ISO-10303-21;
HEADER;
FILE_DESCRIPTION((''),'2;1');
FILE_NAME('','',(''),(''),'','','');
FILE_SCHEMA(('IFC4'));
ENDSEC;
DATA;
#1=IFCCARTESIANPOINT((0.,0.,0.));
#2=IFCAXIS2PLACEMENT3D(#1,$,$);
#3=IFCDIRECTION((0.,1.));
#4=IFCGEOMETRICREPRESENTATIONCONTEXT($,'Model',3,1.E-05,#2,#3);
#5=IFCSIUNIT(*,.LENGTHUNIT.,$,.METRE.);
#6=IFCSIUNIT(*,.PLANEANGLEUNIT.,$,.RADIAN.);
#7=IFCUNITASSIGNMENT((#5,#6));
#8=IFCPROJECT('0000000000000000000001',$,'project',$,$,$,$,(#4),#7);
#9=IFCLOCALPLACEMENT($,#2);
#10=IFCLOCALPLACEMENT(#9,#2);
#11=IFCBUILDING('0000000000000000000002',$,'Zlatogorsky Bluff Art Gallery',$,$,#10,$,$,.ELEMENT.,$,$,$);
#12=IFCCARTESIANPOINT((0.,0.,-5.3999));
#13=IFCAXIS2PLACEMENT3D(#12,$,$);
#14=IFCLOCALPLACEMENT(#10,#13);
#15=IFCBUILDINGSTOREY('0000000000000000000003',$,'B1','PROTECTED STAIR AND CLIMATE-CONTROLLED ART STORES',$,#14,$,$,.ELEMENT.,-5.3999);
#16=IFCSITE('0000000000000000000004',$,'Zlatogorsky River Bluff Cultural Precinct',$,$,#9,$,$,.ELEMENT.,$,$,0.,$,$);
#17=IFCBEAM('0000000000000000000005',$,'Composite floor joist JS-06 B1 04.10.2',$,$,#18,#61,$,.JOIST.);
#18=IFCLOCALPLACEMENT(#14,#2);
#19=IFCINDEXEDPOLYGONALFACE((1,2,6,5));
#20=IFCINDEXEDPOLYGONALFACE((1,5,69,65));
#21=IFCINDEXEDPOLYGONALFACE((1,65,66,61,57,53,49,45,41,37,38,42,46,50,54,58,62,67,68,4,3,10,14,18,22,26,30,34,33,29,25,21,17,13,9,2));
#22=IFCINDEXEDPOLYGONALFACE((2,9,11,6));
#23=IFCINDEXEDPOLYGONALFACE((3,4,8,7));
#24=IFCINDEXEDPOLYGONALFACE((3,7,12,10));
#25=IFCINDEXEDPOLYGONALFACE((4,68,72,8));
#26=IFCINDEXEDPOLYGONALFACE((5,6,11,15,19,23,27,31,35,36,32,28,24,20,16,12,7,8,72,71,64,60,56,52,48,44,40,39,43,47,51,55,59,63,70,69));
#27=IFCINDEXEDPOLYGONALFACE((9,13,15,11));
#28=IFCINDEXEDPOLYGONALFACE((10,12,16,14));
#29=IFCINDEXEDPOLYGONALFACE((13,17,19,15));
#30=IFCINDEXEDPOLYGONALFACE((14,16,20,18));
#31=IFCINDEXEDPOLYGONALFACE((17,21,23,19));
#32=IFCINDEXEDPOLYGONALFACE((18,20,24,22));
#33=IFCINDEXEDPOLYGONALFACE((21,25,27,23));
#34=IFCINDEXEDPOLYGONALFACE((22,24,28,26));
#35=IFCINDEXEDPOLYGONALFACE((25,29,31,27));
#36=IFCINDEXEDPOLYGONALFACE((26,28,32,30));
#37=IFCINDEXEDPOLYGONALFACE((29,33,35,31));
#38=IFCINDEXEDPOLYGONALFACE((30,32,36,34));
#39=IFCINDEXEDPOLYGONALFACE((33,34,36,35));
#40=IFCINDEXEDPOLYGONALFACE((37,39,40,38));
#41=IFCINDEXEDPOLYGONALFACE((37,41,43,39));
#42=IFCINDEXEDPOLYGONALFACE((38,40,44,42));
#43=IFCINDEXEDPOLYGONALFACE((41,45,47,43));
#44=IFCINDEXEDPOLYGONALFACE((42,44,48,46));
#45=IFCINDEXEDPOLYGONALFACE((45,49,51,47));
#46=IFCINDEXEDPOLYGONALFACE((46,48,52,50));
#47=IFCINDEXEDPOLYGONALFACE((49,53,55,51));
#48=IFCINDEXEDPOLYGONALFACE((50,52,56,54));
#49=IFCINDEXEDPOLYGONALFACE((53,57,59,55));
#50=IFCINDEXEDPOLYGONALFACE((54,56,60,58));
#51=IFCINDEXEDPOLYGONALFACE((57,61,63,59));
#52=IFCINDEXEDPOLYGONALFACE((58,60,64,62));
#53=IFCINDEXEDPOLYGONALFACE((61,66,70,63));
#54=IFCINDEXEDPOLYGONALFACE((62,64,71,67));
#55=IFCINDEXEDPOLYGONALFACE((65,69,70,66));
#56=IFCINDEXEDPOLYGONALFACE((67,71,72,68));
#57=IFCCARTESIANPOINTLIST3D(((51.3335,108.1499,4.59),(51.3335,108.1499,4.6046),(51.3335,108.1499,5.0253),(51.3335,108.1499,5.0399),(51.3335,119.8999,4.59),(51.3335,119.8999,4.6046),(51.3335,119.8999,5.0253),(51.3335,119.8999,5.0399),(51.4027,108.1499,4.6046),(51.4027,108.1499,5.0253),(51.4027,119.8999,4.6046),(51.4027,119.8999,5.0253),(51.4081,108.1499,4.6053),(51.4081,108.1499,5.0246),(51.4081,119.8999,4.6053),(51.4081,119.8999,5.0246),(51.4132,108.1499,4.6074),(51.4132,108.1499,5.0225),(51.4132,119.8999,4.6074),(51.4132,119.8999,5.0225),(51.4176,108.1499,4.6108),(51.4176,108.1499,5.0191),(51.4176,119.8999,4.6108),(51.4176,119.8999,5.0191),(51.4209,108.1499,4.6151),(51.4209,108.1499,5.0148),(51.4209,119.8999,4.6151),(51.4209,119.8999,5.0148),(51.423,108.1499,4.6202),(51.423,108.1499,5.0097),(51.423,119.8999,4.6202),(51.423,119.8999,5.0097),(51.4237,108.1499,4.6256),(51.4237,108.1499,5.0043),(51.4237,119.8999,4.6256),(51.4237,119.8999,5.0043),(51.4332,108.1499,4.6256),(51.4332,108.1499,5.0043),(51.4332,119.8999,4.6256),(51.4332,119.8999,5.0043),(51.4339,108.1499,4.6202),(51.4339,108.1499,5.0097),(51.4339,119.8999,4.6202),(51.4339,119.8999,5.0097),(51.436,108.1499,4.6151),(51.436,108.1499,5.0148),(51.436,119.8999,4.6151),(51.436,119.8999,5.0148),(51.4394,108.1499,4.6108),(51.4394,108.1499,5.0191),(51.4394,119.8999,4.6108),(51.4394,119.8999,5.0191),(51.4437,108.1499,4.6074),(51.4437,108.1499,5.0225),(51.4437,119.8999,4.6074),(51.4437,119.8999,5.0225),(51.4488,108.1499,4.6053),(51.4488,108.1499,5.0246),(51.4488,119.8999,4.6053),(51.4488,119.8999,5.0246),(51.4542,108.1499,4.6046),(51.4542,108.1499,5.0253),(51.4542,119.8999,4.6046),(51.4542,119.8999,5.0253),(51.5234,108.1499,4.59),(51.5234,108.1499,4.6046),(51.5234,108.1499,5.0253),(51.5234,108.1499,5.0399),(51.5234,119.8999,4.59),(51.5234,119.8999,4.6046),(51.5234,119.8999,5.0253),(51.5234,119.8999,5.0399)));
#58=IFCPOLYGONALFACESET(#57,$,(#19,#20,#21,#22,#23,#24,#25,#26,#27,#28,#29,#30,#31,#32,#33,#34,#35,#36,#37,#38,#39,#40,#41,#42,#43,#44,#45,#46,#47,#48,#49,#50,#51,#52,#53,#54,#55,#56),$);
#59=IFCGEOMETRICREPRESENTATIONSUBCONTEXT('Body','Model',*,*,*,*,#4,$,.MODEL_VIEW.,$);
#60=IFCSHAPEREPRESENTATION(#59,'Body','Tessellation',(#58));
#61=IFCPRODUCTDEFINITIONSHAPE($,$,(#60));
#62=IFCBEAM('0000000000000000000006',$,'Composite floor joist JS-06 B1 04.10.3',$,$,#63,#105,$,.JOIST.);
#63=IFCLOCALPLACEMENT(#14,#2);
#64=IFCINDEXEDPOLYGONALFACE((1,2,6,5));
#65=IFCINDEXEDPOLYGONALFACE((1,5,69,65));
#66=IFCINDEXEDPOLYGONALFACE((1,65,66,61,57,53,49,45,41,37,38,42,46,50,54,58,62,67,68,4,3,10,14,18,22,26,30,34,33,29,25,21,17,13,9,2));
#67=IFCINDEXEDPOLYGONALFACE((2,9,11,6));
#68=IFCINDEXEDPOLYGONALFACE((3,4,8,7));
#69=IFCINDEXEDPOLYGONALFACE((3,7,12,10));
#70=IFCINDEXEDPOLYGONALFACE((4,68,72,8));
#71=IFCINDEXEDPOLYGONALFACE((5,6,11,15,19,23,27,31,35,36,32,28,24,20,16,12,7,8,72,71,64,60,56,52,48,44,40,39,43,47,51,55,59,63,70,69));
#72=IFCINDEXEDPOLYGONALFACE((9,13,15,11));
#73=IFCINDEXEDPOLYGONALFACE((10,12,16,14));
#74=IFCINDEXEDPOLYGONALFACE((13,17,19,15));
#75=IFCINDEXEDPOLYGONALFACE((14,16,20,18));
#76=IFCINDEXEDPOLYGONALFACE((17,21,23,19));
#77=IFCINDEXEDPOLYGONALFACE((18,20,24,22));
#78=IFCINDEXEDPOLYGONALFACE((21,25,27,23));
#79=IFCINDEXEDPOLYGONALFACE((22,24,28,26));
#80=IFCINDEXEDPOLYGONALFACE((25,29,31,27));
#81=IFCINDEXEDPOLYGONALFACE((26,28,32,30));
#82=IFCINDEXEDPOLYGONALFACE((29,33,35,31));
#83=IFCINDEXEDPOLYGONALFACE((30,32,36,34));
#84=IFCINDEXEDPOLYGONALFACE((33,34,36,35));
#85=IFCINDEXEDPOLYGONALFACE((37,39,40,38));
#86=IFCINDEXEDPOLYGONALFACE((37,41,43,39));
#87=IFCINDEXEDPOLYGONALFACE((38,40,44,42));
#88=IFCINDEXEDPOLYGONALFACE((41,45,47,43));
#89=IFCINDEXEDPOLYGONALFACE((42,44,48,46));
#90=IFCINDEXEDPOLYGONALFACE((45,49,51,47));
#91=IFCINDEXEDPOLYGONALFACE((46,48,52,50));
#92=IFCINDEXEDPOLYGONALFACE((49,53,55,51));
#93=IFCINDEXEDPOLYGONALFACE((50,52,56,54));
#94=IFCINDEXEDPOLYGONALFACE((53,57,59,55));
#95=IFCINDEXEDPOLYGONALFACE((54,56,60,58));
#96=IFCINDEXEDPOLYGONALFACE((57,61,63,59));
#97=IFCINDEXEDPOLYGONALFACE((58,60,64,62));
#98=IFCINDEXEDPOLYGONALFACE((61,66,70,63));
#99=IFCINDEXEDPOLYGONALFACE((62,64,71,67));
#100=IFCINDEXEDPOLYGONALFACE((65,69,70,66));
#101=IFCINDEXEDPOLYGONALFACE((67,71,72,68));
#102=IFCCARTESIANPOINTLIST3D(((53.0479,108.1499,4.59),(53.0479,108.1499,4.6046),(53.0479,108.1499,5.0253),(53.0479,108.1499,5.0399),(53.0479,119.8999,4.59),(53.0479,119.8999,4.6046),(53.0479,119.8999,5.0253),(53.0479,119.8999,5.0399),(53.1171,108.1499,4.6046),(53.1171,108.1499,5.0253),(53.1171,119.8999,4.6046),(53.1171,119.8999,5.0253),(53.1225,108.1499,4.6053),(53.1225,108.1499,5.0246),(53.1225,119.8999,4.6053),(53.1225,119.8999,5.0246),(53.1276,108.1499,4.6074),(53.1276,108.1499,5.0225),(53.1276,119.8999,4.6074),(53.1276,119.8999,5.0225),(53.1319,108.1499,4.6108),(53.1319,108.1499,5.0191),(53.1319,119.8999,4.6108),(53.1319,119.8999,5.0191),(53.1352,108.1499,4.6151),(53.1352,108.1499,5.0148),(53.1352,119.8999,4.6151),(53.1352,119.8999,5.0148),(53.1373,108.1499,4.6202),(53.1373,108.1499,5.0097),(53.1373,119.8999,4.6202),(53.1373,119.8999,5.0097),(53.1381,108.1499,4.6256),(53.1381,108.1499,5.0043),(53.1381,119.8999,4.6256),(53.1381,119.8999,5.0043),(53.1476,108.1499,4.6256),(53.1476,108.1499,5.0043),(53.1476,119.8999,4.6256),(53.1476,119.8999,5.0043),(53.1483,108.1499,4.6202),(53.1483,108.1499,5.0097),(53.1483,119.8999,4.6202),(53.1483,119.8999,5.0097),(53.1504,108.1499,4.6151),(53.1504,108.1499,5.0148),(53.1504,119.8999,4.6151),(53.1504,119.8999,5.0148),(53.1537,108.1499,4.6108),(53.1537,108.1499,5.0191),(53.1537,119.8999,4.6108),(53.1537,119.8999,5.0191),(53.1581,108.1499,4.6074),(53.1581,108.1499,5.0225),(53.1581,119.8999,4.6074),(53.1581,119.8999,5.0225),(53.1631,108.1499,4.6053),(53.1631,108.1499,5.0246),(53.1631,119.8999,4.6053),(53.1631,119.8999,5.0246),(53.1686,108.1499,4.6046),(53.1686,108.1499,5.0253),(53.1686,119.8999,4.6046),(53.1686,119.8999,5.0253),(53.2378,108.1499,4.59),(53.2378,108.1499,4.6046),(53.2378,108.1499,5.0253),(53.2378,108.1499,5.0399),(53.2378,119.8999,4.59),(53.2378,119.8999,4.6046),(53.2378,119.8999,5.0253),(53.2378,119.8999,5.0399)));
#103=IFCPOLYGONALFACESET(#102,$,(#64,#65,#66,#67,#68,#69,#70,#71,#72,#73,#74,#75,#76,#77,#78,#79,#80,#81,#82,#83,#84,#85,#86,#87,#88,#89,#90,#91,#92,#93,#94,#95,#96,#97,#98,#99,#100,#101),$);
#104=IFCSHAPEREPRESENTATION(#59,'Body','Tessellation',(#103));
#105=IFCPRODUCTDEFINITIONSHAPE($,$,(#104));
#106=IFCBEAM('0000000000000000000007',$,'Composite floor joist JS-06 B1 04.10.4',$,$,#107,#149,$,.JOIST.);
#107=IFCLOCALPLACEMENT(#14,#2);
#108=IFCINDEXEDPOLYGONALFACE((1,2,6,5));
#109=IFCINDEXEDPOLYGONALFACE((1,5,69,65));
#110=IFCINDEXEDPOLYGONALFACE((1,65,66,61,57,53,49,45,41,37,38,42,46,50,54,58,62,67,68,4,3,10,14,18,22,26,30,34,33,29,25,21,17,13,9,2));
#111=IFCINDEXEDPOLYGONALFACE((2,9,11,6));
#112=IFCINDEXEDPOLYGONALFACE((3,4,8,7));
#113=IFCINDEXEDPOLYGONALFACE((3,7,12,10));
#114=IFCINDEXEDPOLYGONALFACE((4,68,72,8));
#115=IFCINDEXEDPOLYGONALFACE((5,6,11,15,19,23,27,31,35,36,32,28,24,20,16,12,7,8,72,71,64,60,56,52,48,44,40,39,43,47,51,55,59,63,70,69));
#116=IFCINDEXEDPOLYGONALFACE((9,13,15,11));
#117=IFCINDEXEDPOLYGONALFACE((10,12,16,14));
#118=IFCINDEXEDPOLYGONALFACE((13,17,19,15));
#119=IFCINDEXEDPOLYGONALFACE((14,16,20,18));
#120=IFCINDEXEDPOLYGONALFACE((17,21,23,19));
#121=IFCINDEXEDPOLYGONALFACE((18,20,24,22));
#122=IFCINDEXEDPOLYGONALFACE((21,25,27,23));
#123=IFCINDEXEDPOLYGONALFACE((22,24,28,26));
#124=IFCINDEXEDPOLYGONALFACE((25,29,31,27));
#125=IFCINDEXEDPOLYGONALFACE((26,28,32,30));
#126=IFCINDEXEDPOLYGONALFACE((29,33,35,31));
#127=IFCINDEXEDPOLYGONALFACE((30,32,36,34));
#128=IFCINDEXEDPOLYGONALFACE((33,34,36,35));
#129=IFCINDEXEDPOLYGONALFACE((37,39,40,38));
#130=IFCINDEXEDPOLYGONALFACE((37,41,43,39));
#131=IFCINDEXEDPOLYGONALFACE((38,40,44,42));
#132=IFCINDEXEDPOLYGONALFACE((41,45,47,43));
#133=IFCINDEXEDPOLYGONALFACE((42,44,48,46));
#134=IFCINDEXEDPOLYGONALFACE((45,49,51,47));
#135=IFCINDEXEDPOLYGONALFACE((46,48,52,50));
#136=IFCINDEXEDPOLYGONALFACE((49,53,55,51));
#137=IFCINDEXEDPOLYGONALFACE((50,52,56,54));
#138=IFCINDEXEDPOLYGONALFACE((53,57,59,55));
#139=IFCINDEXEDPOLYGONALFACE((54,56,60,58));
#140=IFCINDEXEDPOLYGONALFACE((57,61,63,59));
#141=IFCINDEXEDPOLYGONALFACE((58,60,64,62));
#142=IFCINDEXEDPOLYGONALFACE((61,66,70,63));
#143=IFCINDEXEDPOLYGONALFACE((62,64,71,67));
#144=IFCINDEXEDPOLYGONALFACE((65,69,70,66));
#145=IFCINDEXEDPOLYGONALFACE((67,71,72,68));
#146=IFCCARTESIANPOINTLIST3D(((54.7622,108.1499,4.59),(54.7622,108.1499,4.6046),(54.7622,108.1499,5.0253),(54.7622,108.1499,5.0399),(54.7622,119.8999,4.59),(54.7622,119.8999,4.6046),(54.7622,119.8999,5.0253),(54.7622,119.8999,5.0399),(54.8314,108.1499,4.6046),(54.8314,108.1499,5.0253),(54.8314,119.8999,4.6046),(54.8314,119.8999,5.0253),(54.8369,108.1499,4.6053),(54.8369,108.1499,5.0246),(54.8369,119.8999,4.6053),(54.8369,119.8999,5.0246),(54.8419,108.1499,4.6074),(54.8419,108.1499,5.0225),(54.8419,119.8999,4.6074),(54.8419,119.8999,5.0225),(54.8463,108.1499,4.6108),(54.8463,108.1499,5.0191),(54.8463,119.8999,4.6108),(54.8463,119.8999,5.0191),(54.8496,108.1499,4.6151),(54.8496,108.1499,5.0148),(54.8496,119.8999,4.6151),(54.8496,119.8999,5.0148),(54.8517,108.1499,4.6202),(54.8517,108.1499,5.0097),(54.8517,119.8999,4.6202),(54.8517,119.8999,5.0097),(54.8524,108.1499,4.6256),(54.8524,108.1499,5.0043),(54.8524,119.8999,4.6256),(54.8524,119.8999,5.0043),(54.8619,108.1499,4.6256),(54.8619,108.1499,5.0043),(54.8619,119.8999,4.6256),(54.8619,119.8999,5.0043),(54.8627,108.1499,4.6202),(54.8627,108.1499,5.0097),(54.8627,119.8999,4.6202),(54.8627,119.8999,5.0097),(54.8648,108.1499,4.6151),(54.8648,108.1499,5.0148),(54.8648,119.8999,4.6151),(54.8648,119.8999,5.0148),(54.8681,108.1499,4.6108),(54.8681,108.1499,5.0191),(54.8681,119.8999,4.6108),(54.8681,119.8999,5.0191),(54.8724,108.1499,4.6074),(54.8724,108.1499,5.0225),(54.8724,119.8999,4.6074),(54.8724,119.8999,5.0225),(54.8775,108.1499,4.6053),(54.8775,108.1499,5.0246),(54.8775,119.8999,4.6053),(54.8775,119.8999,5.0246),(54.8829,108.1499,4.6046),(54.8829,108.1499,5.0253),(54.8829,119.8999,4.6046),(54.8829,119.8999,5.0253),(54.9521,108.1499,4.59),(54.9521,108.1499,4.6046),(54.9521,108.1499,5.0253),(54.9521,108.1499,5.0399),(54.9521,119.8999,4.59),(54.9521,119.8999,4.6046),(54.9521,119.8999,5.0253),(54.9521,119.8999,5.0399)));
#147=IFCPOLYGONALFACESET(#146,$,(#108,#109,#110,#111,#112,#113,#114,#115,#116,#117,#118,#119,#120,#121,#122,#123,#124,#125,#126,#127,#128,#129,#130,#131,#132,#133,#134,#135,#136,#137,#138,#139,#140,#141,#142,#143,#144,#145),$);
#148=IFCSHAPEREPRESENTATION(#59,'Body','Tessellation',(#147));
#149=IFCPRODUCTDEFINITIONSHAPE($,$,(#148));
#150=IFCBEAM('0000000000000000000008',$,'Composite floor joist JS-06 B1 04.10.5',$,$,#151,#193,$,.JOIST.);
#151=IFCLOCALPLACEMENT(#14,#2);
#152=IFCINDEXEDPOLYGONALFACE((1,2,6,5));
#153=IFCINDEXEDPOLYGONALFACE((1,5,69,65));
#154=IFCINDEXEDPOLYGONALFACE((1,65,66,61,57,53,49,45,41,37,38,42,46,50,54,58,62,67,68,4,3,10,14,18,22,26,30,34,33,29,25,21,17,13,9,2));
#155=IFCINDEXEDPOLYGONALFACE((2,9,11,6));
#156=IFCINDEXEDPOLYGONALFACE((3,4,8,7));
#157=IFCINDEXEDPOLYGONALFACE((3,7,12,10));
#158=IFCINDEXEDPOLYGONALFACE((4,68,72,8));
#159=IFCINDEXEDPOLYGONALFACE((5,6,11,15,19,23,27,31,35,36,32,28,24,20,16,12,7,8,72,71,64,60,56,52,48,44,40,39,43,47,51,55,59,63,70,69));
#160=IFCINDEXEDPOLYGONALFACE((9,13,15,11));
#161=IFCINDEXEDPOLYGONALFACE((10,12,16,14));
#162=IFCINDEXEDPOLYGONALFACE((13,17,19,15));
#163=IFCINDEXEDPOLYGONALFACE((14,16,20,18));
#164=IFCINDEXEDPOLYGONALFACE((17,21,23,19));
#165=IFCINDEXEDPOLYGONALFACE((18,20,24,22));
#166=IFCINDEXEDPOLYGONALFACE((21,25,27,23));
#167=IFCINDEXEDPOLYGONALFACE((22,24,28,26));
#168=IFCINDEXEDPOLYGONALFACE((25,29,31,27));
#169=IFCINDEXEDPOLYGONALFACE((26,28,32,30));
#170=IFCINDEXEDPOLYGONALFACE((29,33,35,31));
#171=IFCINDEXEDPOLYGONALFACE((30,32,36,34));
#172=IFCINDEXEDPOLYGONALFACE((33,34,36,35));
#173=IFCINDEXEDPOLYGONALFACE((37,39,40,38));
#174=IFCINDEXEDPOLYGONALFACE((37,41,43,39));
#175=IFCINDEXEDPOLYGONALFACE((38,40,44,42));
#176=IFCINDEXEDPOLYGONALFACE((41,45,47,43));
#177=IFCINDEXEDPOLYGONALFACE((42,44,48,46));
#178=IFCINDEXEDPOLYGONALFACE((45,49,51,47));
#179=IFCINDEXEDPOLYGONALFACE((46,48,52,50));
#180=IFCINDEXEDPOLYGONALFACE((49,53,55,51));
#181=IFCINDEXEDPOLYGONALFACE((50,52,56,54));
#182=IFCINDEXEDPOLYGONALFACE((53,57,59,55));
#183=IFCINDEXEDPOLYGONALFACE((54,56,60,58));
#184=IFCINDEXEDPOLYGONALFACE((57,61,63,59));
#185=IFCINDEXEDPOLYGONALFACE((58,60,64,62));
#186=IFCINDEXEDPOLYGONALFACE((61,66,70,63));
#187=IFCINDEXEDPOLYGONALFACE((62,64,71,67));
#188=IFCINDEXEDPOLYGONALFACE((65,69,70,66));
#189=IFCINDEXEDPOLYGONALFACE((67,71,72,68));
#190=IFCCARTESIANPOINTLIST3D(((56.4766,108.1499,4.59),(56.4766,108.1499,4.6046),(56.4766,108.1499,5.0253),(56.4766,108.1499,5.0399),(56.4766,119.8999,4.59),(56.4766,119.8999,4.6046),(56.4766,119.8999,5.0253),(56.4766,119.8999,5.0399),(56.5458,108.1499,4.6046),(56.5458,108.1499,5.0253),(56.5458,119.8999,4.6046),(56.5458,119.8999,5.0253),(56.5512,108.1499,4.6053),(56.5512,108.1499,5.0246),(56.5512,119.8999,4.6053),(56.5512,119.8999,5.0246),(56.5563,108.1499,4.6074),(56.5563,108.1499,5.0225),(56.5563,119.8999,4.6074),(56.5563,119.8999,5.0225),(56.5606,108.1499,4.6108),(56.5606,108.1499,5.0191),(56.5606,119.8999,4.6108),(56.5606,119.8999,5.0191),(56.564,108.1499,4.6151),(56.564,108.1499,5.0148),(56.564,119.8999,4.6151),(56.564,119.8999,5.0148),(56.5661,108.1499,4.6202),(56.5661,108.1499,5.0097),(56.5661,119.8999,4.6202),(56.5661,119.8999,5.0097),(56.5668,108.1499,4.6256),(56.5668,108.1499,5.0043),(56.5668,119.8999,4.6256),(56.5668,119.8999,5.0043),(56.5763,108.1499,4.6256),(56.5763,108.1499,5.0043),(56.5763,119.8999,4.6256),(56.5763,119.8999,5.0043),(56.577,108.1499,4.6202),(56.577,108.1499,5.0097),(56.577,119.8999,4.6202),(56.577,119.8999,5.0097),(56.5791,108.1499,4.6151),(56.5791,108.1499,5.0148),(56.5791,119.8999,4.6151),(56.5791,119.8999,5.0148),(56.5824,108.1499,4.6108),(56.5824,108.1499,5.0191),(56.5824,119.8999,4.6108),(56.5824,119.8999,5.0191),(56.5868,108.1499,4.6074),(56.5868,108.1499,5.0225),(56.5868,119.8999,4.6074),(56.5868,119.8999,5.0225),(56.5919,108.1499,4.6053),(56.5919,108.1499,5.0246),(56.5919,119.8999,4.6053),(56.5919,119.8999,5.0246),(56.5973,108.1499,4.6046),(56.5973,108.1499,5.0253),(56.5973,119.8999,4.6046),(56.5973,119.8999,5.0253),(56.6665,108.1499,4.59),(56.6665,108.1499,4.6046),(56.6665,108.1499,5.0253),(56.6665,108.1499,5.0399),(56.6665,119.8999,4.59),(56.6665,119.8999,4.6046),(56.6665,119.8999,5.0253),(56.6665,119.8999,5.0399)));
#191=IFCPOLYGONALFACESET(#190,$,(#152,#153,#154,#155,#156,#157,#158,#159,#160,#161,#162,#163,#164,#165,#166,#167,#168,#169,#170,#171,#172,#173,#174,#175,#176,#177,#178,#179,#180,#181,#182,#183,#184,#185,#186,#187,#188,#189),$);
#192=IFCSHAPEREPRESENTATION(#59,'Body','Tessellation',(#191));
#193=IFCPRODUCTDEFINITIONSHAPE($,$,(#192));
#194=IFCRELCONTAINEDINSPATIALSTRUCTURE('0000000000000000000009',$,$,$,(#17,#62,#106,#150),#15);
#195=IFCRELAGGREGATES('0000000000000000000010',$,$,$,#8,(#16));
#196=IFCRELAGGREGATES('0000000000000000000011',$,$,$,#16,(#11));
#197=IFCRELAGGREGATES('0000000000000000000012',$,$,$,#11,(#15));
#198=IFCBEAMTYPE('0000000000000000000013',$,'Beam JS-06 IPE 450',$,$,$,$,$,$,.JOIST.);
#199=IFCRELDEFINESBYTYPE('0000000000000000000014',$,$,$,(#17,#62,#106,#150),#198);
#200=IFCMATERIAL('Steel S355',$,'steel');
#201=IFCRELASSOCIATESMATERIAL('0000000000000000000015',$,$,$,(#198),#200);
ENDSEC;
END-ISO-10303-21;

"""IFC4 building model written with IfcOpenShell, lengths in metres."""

from ifc_helpers import new_model, si_unit, direction, frame, origin, origin_2d, place, context, subcontext, project, spatial, i_section, extrude, material, material_profile, profile_set, type_object, element, save


model = new_model("IFC4")

# Units and contexts
model_context = context("Model", 3, precision=1e-05, world=origin(), true_north=direction((0.0, 1.0)))
body_context = subcontext(model_context, "Body", "Model", "MODEL_VIEW")
ifc_project = project(units=[si_unit("LENGTHUNIT", "METRE"), si_unit("PLANEANGLEUNIT", "RADIAN")], contexts=[model_context])

# Site, building, storey
site_placement = place(None, origin())
site = spatial("IfcSite", under=ifc_project, at=site_placement, Name="Zlatogorsky River Bluff Cultural Precinct", CompositionType="ELEMENT", RefElevation=0.0)
building_placement = place(site_placement, origin())
building = spatial("IfcBuilding", under=site, at=building_placement, Name="Zlatogorsky Bluff Art Gallery", CompositionType="ELEMENT")
storey_placement = place(building_placement, frame((0.0, 0.0, -5.3999)))
storey = spatial("IfcBuildingStorey", under=building, at=storey_placement, Name="B1", Description="PROTECTED STAIR AND CLIMATE-CONTROLLED ART STORES", CompositionType="ELEMENT", Elevation=-5.3999)

# Shared definitions
ifc_material_1 = material(Name="Steel S355", Category="steel")

# Beams
ifc_material_profile_1 = material_profile(ifc_material_1, i_section(OverallWidth=0.1899, OverallDepth=0.45, WebThickness=0.0095, FlangeThickness=0.0146, FilletRadius=0.021, at=origin_2d()), Name="IPE 450")
ifc_profile_set_1 = profile_set([ifc_material_profile_1], Name="Steel S355")
beam_type_1 = type_object("IfcBeamType", Name="Beam JS-06 IPE 450", PredefinedType="JOIST", material=ifc_profile_set_1)
for number, where, z_axis, x_axis, name in (
    (1, (51.4285, 108.1499, 4.8149), (0.0, 1.0, 0.0), (-1.0, 0.0, 0.0), "Composite floor joist JS-06 B1 04.10.2"),
    (2, (53.1428, 108.1499, 4.8149), (0.0, 1.0, 0.0), (-1.0, 0.0, 0.0), "Composite floor joist JS-06 B1 04.10.3"),
    (3, (54.8572, 108.1499, 4.8149), (0.0, 1.0, 0.0), (-1.0, 0.0, 0.0), "Composite floor joist JS-06 B1 04.10.4"),
    (4, (56.5715, 108.1499, 4.8149), (0.0, 1.0, 0.0), (-1.0, 0.0, 0.0), "Composite floor joist JS-06 B1 04.10.5"),
):
    element("IfcBeam", number, at=place(storey_placement, frame(where, z_axis=z_axis, x_axis=x_axis)), inside=storey, type_object=beam_type_1, Name=name, PredefinedType="JOIST", context=body_context, shape_type="SweptSolid", body=[
        extrude(i_section(OverallWidth=0.1899, OverallDepth=0.45, WebThickness=0.0095, FlangeThickness=0.0146, FilletRadius=0.021, at=origin_2d()), origin(), (0.0, 0.0, 1.0), 11.75),
    ])

save(model, "model.ifc")
